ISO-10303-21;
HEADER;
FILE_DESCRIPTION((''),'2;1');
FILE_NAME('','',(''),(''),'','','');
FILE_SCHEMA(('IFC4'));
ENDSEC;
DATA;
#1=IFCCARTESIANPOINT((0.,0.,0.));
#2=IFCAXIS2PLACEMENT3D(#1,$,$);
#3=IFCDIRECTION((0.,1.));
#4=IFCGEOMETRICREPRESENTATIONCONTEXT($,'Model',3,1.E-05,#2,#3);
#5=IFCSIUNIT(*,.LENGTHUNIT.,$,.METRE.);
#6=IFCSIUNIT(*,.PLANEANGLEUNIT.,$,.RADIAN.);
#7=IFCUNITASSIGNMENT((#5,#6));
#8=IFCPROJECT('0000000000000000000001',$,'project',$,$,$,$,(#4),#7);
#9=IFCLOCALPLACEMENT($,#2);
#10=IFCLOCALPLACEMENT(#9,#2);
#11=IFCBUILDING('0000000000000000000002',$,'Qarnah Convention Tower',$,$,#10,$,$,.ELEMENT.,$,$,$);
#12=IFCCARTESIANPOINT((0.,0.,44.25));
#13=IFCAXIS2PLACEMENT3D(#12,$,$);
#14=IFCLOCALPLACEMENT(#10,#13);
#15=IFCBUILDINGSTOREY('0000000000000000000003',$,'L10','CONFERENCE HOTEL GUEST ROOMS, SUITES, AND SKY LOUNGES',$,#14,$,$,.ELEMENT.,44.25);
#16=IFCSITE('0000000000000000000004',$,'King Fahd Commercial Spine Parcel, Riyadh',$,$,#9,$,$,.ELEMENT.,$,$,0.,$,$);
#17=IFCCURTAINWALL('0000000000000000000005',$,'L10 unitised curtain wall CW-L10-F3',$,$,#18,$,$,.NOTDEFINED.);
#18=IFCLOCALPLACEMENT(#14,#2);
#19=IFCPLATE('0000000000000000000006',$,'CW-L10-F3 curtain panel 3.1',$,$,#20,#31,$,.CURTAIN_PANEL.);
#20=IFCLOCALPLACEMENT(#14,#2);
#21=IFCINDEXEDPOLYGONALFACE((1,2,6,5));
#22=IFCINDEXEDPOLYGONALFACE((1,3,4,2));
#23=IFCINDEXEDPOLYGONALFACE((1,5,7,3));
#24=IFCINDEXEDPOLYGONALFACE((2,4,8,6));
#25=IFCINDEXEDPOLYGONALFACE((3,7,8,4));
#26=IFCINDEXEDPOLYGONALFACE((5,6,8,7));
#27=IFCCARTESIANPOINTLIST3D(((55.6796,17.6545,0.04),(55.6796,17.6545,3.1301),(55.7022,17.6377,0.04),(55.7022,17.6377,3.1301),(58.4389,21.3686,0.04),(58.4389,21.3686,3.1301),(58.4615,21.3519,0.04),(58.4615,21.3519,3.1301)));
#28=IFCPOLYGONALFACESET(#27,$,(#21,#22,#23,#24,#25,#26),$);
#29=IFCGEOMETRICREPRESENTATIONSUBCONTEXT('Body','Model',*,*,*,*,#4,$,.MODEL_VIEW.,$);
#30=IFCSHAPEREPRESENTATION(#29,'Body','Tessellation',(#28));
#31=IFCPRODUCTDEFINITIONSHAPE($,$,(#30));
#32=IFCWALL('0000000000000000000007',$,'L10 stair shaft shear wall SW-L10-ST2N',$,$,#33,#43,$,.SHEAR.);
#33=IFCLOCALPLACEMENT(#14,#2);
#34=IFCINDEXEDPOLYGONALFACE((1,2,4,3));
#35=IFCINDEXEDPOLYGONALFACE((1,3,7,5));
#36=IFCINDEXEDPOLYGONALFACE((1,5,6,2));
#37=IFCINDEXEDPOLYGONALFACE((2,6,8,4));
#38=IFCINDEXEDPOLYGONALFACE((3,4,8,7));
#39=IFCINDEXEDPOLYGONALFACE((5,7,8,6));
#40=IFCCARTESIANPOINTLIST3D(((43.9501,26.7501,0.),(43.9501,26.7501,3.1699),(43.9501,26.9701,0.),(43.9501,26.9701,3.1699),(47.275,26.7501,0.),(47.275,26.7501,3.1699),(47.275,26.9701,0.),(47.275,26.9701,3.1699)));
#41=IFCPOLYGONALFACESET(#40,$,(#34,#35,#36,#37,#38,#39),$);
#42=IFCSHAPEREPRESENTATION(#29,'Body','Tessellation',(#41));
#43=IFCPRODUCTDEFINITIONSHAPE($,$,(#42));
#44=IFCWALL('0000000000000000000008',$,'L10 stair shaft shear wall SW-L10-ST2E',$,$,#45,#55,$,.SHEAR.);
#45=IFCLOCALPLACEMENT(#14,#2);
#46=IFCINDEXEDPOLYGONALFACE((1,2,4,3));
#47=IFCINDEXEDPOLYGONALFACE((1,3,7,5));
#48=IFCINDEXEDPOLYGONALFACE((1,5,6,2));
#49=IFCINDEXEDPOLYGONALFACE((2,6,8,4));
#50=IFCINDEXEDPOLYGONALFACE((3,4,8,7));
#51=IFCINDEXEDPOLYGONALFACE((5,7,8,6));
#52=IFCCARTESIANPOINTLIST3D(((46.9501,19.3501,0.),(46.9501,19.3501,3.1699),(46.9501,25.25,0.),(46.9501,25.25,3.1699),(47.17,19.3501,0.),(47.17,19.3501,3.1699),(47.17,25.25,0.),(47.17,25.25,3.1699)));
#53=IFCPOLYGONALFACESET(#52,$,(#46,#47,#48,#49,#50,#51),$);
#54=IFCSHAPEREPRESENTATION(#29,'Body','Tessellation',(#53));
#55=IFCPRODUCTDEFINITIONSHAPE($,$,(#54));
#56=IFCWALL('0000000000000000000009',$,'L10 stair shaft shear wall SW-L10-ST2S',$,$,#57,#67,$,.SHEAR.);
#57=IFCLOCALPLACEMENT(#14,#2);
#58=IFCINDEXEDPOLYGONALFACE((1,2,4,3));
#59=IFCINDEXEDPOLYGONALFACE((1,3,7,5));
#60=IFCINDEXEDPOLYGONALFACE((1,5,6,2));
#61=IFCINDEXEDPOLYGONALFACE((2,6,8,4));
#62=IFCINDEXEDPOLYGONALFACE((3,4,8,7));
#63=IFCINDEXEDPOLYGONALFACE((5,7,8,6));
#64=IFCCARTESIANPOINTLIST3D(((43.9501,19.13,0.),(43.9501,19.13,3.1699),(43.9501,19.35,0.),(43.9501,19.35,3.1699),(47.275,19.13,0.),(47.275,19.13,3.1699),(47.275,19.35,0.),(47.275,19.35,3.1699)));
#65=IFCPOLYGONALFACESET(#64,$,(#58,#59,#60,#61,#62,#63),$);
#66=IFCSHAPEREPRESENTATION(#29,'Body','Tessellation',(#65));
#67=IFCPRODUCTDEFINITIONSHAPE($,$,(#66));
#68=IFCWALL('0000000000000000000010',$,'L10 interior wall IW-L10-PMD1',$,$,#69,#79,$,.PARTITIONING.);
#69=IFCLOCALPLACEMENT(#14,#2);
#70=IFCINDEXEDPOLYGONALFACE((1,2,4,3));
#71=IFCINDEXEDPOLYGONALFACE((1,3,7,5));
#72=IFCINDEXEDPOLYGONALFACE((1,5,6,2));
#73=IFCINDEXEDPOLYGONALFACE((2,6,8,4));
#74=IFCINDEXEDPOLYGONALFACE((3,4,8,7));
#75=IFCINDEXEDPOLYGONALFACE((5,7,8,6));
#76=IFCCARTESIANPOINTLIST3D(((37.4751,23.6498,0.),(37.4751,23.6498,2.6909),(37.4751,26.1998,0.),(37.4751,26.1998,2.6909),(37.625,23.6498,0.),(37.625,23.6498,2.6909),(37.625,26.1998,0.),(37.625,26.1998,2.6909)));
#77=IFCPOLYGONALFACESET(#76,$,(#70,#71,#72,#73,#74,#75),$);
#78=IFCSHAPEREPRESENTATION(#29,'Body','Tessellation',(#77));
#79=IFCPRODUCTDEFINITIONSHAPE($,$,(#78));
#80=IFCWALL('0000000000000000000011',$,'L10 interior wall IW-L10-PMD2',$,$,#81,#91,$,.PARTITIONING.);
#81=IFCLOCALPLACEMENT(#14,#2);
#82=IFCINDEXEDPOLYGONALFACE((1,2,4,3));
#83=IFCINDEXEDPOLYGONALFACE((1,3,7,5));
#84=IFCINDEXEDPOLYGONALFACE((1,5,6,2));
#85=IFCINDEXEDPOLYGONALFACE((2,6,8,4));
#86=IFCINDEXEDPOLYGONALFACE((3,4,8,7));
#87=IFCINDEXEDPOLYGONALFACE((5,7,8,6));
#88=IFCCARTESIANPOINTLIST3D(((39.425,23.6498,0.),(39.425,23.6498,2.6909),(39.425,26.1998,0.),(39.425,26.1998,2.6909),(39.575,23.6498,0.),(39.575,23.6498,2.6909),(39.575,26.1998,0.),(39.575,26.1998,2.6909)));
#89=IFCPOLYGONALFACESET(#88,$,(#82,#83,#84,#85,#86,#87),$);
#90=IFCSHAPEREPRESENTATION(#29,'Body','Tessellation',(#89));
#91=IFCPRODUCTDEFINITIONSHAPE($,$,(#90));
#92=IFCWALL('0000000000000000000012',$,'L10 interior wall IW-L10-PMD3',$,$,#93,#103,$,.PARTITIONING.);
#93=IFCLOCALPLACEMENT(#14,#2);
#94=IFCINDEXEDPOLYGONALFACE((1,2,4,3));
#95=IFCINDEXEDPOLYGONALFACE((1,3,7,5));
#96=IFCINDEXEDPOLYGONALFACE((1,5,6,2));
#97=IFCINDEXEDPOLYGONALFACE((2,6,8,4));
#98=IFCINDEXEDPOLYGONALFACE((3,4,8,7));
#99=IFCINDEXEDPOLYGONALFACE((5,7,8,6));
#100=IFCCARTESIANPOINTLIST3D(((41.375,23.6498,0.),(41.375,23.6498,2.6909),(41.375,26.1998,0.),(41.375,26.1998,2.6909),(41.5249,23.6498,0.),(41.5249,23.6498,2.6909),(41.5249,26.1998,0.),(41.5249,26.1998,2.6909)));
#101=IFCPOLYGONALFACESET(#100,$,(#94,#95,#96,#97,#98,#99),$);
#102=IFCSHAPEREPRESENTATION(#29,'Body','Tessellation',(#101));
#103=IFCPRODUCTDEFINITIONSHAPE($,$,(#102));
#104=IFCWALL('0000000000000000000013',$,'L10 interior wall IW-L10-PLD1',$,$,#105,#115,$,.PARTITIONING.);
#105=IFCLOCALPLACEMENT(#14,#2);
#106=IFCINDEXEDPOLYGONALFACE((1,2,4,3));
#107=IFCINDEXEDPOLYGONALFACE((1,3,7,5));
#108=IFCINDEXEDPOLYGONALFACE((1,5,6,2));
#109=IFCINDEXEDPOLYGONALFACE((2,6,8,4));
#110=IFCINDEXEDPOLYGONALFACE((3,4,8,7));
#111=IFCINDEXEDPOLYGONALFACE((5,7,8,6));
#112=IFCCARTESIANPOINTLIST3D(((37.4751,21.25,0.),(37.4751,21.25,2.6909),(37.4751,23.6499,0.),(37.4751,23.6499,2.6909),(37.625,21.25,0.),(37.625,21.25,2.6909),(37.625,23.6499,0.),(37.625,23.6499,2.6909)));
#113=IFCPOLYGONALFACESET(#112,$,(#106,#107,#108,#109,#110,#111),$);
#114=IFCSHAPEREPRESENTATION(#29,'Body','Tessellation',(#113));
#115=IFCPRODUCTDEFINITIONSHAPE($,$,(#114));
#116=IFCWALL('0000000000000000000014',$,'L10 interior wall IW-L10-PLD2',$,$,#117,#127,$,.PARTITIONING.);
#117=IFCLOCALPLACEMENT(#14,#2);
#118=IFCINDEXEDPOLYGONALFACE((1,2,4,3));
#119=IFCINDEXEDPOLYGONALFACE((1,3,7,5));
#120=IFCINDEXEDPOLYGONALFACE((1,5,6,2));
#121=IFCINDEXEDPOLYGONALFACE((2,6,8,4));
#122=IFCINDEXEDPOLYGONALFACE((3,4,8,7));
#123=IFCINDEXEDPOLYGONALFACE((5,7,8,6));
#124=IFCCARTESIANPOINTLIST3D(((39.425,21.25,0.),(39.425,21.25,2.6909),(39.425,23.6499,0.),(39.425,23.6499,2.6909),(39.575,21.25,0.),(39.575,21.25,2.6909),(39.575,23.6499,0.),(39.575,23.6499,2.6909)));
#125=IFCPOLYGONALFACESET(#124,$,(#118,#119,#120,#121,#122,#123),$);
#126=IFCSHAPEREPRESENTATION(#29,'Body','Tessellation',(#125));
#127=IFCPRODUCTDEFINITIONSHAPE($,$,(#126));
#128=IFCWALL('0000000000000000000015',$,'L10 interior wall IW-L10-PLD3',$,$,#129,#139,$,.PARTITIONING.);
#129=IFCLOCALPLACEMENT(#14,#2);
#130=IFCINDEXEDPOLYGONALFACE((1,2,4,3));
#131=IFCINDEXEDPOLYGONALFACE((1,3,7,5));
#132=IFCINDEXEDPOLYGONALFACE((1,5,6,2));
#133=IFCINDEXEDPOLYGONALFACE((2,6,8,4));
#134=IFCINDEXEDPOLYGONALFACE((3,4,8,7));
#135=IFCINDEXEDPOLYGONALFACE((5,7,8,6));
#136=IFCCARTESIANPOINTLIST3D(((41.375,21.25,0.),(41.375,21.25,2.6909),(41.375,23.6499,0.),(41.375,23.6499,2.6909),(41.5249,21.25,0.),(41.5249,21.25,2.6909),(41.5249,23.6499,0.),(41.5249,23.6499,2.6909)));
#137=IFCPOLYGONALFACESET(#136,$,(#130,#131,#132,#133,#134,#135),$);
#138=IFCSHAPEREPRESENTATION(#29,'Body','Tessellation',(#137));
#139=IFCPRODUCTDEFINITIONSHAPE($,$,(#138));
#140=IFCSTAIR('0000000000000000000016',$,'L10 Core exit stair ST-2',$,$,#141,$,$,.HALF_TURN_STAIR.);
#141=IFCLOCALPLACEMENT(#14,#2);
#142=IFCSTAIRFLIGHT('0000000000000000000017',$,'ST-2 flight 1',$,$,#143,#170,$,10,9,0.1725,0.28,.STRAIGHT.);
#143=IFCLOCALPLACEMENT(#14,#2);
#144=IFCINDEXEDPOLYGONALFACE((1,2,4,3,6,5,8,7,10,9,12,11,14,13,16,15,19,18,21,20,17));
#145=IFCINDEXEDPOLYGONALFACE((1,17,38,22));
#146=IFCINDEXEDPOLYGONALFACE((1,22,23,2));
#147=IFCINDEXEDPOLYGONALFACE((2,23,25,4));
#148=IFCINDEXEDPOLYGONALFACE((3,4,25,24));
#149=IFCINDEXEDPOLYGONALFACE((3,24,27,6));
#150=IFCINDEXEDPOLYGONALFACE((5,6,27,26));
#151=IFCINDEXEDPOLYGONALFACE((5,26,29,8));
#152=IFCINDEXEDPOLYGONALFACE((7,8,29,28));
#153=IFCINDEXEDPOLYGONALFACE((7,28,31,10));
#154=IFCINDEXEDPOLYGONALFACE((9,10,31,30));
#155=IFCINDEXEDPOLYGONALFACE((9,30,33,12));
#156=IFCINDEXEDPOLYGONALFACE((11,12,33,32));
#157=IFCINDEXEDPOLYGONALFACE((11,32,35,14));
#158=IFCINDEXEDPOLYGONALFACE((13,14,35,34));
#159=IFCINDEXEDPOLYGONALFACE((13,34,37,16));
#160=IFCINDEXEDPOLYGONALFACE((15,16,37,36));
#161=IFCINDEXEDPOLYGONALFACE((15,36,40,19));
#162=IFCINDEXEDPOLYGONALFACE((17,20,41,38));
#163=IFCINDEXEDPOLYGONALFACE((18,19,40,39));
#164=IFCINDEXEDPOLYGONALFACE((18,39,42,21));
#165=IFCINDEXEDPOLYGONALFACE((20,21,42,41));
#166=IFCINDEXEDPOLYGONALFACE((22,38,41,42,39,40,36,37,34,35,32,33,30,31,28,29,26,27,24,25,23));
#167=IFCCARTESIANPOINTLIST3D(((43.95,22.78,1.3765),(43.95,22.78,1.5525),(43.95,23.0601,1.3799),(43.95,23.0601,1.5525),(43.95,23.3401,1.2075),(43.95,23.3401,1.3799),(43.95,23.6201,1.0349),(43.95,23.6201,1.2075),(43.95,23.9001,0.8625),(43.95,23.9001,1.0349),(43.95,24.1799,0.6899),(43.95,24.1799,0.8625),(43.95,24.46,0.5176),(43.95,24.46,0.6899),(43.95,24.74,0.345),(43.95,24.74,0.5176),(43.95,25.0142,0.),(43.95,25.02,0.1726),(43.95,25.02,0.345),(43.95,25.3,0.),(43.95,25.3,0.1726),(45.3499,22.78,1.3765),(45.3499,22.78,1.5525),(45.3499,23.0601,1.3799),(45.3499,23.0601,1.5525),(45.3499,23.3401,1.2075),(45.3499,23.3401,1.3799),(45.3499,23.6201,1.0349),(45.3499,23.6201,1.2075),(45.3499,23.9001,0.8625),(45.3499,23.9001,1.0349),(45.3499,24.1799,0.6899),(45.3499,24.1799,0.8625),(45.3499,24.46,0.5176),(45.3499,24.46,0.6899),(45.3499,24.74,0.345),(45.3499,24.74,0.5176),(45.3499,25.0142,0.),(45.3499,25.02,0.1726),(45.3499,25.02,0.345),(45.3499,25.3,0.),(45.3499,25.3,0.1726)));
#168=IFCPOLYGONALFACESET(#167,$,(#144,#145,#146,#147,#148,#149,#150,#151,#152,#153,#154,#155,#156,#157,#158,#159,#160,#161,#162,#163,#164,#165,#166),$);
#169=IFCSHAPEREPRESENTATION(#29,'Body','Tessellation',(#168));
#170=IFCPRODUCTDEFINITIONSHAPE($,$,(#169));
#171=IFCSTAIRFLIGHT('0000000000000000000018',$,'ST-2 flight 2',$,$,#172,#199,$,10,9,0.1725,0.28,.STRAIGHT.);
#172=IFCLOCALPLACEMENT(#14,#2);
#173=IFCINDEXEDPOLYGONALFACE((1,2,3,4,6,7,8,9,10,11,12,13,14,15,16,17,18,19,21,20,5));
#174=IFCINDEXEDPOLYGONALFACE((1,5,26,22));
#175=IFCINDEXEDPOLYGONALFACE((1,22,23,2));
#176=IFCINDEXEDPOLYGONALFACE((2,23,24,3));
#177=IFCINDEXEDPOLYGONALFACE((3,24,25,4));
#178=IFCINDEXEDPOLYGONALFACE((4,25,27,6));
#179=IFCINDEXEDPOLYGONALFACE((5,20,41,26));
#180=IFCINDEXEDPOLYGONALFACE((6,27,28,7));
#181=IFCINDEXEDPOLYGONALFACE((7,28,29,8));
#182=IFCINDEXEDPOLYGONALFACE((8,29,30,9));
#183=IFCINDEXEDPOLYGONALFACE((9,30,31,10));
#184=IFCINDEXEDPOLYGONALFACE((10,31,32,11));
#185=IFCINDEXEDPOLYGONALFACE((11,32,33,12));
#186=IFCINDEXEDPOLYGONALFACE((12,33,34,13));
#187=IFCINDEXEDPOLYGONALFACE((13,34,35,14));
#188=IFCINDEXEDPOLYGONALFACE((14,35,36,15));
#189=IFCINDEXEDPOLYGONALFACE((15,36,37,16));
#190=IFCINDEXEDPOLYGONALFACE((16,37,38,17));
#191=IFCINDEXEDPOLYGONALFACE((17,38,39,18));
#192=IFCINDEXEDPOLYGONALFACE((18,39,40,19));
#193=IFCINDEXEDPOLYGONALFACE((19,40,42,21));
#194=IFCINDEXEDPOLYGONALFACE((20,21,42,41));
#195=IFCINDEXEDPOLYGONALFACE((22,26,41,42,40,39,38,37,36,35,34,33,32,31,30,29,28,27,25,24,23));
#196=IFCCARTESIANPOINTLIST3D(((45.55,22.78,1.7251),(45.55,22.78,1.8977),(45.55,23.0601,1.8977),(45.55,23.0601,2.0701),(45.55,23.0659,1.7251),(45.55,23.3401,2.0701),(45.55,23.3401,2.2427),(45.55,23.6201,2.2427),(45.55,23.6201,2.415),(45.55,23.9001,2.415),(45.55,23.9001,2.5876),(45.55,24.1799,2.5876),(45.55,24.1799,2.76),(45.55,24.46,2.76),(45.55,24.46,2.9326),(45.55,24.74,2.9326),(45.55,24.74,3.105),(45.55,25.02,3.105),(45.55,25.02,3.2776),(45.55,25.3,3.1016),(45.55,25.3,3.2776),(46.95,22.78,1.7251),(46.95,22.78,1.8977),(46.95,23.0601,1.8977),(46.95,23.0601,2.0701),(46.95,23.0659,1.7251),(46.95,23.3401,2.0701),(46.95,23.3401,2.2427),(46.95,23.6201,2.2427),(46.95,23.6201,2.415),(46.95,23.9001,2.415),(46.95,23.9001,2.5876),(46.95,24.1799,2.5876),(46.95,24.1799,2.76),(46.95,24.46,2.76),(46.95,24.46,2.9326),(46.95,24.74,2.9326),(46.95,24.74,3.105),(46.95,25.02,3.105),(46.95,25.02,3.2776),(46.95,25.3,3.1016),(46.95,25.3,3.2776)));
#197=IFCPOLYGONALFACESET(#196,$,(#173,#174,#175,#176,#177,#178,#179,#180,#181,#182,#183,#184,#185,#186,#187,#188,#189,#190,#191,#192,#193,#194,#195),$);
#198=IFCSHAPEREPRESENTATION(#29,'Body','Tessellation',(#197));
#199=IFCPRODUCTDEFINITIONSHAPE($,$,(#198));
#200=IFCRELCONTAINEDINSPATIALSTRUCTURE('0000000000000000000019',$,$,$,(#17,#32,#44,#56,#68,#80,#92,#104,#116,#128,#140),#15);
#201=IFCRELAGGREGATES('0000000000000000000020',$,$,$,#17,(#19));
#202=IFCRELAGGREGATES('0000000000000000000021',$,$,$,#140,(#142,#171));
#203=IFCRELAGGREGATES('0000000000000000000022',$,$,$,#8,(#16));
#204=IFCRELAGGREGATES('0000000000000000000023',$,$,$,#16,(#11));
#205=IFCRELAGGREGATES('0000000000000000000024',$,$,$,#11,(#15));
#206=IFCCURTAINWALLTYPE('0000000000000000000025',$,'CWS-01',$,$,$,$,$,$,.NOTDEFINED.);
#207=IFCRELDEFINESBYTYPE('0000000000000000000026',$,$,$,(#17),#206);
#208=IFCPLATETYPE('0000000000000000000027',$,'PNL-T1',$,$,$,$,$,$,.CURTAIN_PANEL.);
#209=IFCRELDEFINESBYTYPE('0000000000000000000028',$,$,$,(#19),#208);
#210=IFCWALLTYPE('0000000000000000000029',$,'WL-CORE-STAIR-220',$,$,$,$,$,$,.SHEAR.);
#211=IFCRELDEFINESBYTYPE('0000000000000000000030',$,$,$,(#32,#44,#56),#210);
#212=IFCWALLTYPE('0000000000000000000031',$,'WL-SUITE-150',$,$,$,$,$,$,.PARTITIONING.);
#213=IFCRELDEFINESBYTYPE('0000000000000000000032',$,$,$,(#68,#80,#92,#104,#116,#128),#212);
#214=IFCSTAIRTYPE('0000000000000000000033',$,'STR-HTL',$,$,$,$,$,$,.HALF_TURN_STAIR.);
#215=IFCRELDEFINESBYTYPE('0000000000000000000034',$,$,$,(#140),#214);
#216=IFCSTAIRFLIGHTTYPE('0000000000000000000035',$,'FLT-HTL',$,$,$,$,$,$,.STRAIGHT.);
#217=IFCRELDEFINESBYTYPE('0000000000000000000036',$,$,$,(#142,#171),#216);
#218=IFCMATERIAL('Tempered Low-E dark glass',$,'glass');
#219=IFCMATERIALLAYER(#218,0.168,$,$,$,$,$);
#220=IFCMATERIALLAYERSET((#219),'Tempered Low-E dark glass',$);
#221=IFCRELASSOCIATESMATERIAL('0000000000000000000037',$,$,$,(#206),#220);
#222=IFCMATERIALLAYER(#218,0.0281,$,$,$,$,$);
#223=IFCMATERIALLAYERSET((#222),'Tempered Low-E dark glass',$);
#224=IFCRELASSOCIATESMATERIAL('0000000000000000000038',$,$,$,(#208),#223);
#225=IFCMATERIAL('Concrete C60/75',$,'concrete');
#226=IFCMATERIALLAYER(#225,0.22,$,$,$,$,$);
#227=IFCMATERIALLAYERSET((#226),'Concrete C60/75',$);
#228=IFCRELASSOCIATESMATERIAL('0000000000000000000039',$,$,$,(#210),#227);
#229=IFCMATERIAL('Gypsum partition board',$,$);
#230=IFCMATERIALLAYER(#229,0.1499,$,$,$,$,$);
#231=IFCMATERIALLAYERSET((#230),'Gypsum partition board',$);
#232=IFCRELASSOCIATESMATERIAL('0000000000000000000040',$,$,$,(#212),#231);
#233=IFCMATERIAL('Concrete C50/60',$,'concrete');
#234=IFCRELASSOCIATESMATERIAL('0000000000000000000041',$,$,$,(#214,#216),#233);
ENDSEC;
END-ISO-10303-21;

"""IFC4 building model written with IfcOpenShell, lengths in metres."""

from ifc_helpers import new_model, si_unit, direction, frame, frame_2d, origin, origin_2d, place, context, subcontext, project, spatial, polyline, rectangle, outline, extrude, material, layer, layer_set, type_object, element, aggregate, save


model = new_model("IFC4")

# Units and contexts
model_context = context("Model", 3, precision=1e-05, world=origin(), true_north=direction((0.0, 1.0)))
body_context = subcontext(model_context, "Body", "Model", "MODEL_VIEW")
ifc_project = project(units=[si_unit("LENGTHUNIT", "METRE"), si_unit("PLANEANGLEUNIT", "RADIAN")], contexts=[model_context])

# Site, building, storey
site_placement = place(None, origin())
site = spatial("IfcSite", under=ifc_project, at=site_placement, Name="King Fahd Commercial Spine Parcel, Riyadh", CompositionType="ELEMENT", RefElevation=0.0)
building_placement = place(site_placement, origin())
building = spatial("IfcBuilding", under=site, at=building_placement, Name="Qarnah Convention Tower", CompositionType="ELEMENT")
storey_placement = place(building_placement, frame((0.0, 0.0, 44.25)))
storey = spatial("IfcBuildingStorey", under=building, at=storey_placement, Name="L10", Description="CONFERENCE HOTEL GUEST ROOMS, SUITES, AND SKY LOUNGES", CompositionType="ELEMENT", Elevation=44.25)

# Shared definitions
ifc_material_1 = material(Name="Concrete C60/75", Category="concrete")

# Curtain wall, plate
ifc_material_2 = material(Name="Tempered Low-E dark glass", Category="glass")
ifc_layer_1 = layer(ifc_material_2, 0.168)
ifc_layer_set_1 = layer_set([ifc_layer_1], Name="Tempered Low-E dark glass")
curtain_wall_type = type_object("IfcCurtainWallType", Name="CWS-01", PredefinedType="NOTDEFINED", material=ifc_layer_set_1)
curtain_wall_placement = place(storey_placement, origin())
curtain_wall = element("IfcCurtainWall", 1, at=curtain_wall_placement, inside=storey, type_object=curtain_wall_type, Name="L10 unitised curtain wall CW-L10-F3", PredefinedType="NOTDEFINED")
ifc_layer_2 = layer(ifc_material_2, 0.0281)
ifc_layer_set_2 = layer_set([ifc_layer_2], Name="Tempered Low-E dark glass")
plate_type = type_object("IfcPlateType", Name="PNL-T1", PredefinedType="CURTAIN_PANEL", material=ifc_layer_set_2)
plate_1_placement = place(storey_placement, frame((57.0706, 19.5032, 0.04), z_axis=(0.0, 0.0, 1.0), x_axis=(-0.596357, -0.80272, 0.0)))
plate_1 = element("IfcPlate", 2, at=plate_1_placement, type_object=plate_type, Name="CW-L10-F3 curtain panel 3.1", PredefinedType="CURTAIN_PANEL", context=body_context, shape_type="SweptSolid", body=[
    extrude(rectangle(XDim=4.627, YDim=0.0281, at=origin_2d()), origin(), (0.0, 0.0, 1.0), 3.0901),
])
aggregate(curtain_wall, [plate_1])

# Walls
ifc_layer_3 = layer(ifc_material_1, 0.22)
ifc_layer_set_3 = layer_set([ifc_layer_3], Name="Concrete C60/75")
wall_type_1 = type_object("IfcWallType", Name="WL-CORE-STAIR-220", PredefinedType="SHEAR", material=ifc_layer_set_3)
wall_1_placement = place(storey_placement, frame((43.95, 26.8601, 0.0), z_axis=(0.0, 0.0, 1.0), x_axis=(1.0, 0.0, 0.0)))
element("IfcWall", 3, at=wall_1_placement, inside=storey, type_object=wall_type_1, Name="L10 stair shaft shear wall SW-L10-ST2N", PredefinedType="SHEAR", context=body_context, shape_type="SweptSolid", body=[
    extrude(rectangle(XDim=3.325, YDim=0.22, at=frame_2d((1.6626, 0.0))), origin(), (0.0, 0.0, 1.0), 3.1699),
])
wall_2_placement = place(storey_placement, frame((47.0601, 19.3501, 0.0), z_axis=(0.0, 0.0, 1.0), x_axis=(0.0, 1.0, 0.0)))
element("IfcWall", 4, at=wall_2_placement, inside=storey, type_object=wall_type_1, Name="L10 stair shaft shear wall SW-L10-ST2E", PredefinedType="SHEAR", context=body_context, shape_type="SweptSolid", body=[
    extrude(rectangle(XDim=5.8999, YDim=0.22, at=frame_2d((2.95, 0.0))), origin(), (0.0, 0.0, 1.0), 3.1699),
])
wall_3_placement = place(storey_placement, frame((43.95, 19.24, 0.0), z_axis=(0.0, 0.0, 1.0), x_axis=(1.0, 0.0, 0.0)))
element("IfcWall", 5, at=wall_3_placement, inside=storey, type_object=wall_type_1, Name="L10 stair shaft shear wall SW-L10-ST2S", PredefinedType="SHEAR", context=body_context, shape_type="SweptSolid", body=[
    extrude(rectangle(XDim=3.325, YDim=0.22, at=frame_2d((1.6626, 0.0))), origin(), (0.0, 0.0, 1.0), 3.1699),
])
ifc_material_3 = material(Name="Gypsum partition board")
ifc_layer_4 = layer(ifc_material_3, 0.1499)
ifc_layer_set_4 = layer_set([ifc_layer_4], Name="Gypsum partition board")
wall_type_2 = type_object("IfcWallType", Name="WL-SUITE-150", PredefinedType="PARTITIONING", material=ifc_layer_set_4)
for number, where, z_axis, x_axis, name in (
    (6, (37.55, 23.6499, 0.0), (0.0, 0.0, 1.0), (0.0, 1.0, 0.0), "L10 interior wall IW-L10-PMD1"),
    (7, (39.5, 23.6499, 0.0), (0.0, 0.0, 1.0), (0.0, 1.0, 0.0), "L10 interior wall IW-L10-PMD2"),
    (8, (41.45, 23.6499, 0.0), (0.0, 0.0, 1.0), (0.0, 1.0, 0.0), "L10 interior wall IW-L10-PMD3"),
):
    element("IfcWall", number, at=place(storey_placement, frame(where, z_axis=z_axis, x_axis=x_axis)), inside=storey, type_object=wall_type_2, Name=name, PredefinedType="PARTITIONING", context=body_context, shape_type="SweptSolid", body=[
        extrude(rectangle(XDim=2.55, YDim=0.1499, at=frame_2d((1.2749, 0.0))), origin(), (0.0, 0.0, 1.0), 2.6909),
    ])
for number, where, z_axis, x_axis, name in (
    (9, (37.55, 21.25, 0.0), (0.0, 0.0, 1.0), (0.0, 1.0, 0.0), "L10 interior wall IW-L10-PLD1"),
    (10, (39.5, 21.25, 0.0), (0.0, 0.0, 1.0), (0.0, 1.0, 0.0), "L10 interior wall IW-L10-PLD2"),
    (11, (41.45, 21.25, 0.0), (0.0, 0.0, 1.0), (0.0, 1.0, 0.0), "L10 interior wall IW-L10-PLD3"),
):
    element("IfcWall", number, at=place(storey_placement, frame(where, z_axis=z_axis, x_axis=x_axis)), inside=storey, type_object=wall_type_2, Name=name, PredefinedType="PARTITIONING", context=body_context, shape_type="SweptSolid", body=[
        extrude(rectangle(XDim=2.3999, YDim=0.1499, at=frame_2d((1.2, 0.0))), origin(), (0.0, 0.0, 1.0), 2.6909),
    ])

# Stair, stair flights
ifc_material_4 = material(Name="Concrete C50/60", Category="concrete")
stair_type = type_object("IfcStairType", Name="STR-HTL", PredefinedType="HALF_TURN_STAIR", material=ifc_material_4)
stair_placement = place(storey_placement, origin())
stair = element("IfcStair", 12, at=stair_placement, inside=storey, type_object=stair_type, Name="L10 Core exit stair ST-2", PredefinedType="HALF_TURN_STAIR")
stair_flight_type = type_object("IfcStairFlightType", Name="FLT-HTL", PredefinedType="STRAIGHT", material=ifc_material_4)
stair_flight_1_placement = place(storey_placement, frame((44.6499, 25.3, 0.0), z_axis=(0.0, 0.0, 1.0), x_axis=(0.0, -1.0, 0.0)))
stair_flight_1 = element("IfcStairFlight", 13, at=stair_flight_1_placement, type_object=stair_flight_type, Name="ST-2 flight 1", NumberOfRisers=10, NumberOfTreads=9, PredefinedType="STRAIGHT", RiserHeight=0.1725, TreadLength=0.28, context=body_context, shape_type="SweptSolid", body=[
    extrude(outline(polyline([(0.0, 0.0), (0.0, 0.1726), (0.28, 0.1726), (0.28, 0.345), (0.5601, 0.345), (0.5601, 0.5176), (0.8401, 0.5176), (0.8401, 0.6899), (1.1201, 0.6899), (1.1201, 0.8625), (1.3999, 0.8625), (1.3999, 1.0349), (1.6799, 1.0349), (1.6799, 1.2075), (1.96, 1.2075), (1.96, 1.3799), (2.24, 1.3799), (2.24, 1.5525), (2.52, 1.5525), (2.52, 1.7251), (2.52, 1.3765), (0.2859, 0.0), (0.0, 0.0)])), frame((0.0, 0.7, 0.0), z_axis=(0.0, -1.0, 0.0), x_axis=(1.0, 0.0, 0.0)), (0.0, 0.0, 1.0), 1.3999),
])
stair_flight_2_placement = place(storey_placement, frame((46.25, 22.78, 1.7251), z_axis=(0.0, 0.0, 1.0), x_axis=(0.0, 1.0, 0.0)))
stair_flight_2 = element("IfcStairFlight", 14, at=stair_flight_2_placement, type_object=stair_flight_type, Name="ST-2 flight 2", NumberOfRisers=10, NumberOfTreads=9, PredefinedType="STRAIGHT", RiserHeight=0.1725, TreadLength=0.28, context=body_context, shape_type="SweptSolid", body=[
    extrude(outline(polyline([(0.0, 0.0), (0.0, 0.1726), (0.28, 0.1726), (0.28, 0.345), (0.5601, 0.345), (0.5601, 0.5176), (0.8401, 0.5176), (0.8401, 0.6899), (1.1201, 0.6899), (1.1201, 0.8625), (1.3999, 0.8625), (1.3999, 1.0349), (1.6799, 1.0349), (1.6799, 1.2075), (1.96, 1.2075), (1.96, 1.3799), (2.24, 1.3799), (2.24, 1.5525), (2.52, 1.5525), (2.52, 1.7251), (2.52, 1.3765), (0.2859, 0.0), (0.0, 0.0)])), frame((0.0, 0.7, 0.0), z_axis=(0.0, -1.0, 0.0), x_axis=(1.0, 0.0, 0.0)), (0.0, 0.0, 1.0), 1.3999),
])
aggregate(stair, [stair_flight_1, stair_flight_2])

save(model, "model.ifc")
